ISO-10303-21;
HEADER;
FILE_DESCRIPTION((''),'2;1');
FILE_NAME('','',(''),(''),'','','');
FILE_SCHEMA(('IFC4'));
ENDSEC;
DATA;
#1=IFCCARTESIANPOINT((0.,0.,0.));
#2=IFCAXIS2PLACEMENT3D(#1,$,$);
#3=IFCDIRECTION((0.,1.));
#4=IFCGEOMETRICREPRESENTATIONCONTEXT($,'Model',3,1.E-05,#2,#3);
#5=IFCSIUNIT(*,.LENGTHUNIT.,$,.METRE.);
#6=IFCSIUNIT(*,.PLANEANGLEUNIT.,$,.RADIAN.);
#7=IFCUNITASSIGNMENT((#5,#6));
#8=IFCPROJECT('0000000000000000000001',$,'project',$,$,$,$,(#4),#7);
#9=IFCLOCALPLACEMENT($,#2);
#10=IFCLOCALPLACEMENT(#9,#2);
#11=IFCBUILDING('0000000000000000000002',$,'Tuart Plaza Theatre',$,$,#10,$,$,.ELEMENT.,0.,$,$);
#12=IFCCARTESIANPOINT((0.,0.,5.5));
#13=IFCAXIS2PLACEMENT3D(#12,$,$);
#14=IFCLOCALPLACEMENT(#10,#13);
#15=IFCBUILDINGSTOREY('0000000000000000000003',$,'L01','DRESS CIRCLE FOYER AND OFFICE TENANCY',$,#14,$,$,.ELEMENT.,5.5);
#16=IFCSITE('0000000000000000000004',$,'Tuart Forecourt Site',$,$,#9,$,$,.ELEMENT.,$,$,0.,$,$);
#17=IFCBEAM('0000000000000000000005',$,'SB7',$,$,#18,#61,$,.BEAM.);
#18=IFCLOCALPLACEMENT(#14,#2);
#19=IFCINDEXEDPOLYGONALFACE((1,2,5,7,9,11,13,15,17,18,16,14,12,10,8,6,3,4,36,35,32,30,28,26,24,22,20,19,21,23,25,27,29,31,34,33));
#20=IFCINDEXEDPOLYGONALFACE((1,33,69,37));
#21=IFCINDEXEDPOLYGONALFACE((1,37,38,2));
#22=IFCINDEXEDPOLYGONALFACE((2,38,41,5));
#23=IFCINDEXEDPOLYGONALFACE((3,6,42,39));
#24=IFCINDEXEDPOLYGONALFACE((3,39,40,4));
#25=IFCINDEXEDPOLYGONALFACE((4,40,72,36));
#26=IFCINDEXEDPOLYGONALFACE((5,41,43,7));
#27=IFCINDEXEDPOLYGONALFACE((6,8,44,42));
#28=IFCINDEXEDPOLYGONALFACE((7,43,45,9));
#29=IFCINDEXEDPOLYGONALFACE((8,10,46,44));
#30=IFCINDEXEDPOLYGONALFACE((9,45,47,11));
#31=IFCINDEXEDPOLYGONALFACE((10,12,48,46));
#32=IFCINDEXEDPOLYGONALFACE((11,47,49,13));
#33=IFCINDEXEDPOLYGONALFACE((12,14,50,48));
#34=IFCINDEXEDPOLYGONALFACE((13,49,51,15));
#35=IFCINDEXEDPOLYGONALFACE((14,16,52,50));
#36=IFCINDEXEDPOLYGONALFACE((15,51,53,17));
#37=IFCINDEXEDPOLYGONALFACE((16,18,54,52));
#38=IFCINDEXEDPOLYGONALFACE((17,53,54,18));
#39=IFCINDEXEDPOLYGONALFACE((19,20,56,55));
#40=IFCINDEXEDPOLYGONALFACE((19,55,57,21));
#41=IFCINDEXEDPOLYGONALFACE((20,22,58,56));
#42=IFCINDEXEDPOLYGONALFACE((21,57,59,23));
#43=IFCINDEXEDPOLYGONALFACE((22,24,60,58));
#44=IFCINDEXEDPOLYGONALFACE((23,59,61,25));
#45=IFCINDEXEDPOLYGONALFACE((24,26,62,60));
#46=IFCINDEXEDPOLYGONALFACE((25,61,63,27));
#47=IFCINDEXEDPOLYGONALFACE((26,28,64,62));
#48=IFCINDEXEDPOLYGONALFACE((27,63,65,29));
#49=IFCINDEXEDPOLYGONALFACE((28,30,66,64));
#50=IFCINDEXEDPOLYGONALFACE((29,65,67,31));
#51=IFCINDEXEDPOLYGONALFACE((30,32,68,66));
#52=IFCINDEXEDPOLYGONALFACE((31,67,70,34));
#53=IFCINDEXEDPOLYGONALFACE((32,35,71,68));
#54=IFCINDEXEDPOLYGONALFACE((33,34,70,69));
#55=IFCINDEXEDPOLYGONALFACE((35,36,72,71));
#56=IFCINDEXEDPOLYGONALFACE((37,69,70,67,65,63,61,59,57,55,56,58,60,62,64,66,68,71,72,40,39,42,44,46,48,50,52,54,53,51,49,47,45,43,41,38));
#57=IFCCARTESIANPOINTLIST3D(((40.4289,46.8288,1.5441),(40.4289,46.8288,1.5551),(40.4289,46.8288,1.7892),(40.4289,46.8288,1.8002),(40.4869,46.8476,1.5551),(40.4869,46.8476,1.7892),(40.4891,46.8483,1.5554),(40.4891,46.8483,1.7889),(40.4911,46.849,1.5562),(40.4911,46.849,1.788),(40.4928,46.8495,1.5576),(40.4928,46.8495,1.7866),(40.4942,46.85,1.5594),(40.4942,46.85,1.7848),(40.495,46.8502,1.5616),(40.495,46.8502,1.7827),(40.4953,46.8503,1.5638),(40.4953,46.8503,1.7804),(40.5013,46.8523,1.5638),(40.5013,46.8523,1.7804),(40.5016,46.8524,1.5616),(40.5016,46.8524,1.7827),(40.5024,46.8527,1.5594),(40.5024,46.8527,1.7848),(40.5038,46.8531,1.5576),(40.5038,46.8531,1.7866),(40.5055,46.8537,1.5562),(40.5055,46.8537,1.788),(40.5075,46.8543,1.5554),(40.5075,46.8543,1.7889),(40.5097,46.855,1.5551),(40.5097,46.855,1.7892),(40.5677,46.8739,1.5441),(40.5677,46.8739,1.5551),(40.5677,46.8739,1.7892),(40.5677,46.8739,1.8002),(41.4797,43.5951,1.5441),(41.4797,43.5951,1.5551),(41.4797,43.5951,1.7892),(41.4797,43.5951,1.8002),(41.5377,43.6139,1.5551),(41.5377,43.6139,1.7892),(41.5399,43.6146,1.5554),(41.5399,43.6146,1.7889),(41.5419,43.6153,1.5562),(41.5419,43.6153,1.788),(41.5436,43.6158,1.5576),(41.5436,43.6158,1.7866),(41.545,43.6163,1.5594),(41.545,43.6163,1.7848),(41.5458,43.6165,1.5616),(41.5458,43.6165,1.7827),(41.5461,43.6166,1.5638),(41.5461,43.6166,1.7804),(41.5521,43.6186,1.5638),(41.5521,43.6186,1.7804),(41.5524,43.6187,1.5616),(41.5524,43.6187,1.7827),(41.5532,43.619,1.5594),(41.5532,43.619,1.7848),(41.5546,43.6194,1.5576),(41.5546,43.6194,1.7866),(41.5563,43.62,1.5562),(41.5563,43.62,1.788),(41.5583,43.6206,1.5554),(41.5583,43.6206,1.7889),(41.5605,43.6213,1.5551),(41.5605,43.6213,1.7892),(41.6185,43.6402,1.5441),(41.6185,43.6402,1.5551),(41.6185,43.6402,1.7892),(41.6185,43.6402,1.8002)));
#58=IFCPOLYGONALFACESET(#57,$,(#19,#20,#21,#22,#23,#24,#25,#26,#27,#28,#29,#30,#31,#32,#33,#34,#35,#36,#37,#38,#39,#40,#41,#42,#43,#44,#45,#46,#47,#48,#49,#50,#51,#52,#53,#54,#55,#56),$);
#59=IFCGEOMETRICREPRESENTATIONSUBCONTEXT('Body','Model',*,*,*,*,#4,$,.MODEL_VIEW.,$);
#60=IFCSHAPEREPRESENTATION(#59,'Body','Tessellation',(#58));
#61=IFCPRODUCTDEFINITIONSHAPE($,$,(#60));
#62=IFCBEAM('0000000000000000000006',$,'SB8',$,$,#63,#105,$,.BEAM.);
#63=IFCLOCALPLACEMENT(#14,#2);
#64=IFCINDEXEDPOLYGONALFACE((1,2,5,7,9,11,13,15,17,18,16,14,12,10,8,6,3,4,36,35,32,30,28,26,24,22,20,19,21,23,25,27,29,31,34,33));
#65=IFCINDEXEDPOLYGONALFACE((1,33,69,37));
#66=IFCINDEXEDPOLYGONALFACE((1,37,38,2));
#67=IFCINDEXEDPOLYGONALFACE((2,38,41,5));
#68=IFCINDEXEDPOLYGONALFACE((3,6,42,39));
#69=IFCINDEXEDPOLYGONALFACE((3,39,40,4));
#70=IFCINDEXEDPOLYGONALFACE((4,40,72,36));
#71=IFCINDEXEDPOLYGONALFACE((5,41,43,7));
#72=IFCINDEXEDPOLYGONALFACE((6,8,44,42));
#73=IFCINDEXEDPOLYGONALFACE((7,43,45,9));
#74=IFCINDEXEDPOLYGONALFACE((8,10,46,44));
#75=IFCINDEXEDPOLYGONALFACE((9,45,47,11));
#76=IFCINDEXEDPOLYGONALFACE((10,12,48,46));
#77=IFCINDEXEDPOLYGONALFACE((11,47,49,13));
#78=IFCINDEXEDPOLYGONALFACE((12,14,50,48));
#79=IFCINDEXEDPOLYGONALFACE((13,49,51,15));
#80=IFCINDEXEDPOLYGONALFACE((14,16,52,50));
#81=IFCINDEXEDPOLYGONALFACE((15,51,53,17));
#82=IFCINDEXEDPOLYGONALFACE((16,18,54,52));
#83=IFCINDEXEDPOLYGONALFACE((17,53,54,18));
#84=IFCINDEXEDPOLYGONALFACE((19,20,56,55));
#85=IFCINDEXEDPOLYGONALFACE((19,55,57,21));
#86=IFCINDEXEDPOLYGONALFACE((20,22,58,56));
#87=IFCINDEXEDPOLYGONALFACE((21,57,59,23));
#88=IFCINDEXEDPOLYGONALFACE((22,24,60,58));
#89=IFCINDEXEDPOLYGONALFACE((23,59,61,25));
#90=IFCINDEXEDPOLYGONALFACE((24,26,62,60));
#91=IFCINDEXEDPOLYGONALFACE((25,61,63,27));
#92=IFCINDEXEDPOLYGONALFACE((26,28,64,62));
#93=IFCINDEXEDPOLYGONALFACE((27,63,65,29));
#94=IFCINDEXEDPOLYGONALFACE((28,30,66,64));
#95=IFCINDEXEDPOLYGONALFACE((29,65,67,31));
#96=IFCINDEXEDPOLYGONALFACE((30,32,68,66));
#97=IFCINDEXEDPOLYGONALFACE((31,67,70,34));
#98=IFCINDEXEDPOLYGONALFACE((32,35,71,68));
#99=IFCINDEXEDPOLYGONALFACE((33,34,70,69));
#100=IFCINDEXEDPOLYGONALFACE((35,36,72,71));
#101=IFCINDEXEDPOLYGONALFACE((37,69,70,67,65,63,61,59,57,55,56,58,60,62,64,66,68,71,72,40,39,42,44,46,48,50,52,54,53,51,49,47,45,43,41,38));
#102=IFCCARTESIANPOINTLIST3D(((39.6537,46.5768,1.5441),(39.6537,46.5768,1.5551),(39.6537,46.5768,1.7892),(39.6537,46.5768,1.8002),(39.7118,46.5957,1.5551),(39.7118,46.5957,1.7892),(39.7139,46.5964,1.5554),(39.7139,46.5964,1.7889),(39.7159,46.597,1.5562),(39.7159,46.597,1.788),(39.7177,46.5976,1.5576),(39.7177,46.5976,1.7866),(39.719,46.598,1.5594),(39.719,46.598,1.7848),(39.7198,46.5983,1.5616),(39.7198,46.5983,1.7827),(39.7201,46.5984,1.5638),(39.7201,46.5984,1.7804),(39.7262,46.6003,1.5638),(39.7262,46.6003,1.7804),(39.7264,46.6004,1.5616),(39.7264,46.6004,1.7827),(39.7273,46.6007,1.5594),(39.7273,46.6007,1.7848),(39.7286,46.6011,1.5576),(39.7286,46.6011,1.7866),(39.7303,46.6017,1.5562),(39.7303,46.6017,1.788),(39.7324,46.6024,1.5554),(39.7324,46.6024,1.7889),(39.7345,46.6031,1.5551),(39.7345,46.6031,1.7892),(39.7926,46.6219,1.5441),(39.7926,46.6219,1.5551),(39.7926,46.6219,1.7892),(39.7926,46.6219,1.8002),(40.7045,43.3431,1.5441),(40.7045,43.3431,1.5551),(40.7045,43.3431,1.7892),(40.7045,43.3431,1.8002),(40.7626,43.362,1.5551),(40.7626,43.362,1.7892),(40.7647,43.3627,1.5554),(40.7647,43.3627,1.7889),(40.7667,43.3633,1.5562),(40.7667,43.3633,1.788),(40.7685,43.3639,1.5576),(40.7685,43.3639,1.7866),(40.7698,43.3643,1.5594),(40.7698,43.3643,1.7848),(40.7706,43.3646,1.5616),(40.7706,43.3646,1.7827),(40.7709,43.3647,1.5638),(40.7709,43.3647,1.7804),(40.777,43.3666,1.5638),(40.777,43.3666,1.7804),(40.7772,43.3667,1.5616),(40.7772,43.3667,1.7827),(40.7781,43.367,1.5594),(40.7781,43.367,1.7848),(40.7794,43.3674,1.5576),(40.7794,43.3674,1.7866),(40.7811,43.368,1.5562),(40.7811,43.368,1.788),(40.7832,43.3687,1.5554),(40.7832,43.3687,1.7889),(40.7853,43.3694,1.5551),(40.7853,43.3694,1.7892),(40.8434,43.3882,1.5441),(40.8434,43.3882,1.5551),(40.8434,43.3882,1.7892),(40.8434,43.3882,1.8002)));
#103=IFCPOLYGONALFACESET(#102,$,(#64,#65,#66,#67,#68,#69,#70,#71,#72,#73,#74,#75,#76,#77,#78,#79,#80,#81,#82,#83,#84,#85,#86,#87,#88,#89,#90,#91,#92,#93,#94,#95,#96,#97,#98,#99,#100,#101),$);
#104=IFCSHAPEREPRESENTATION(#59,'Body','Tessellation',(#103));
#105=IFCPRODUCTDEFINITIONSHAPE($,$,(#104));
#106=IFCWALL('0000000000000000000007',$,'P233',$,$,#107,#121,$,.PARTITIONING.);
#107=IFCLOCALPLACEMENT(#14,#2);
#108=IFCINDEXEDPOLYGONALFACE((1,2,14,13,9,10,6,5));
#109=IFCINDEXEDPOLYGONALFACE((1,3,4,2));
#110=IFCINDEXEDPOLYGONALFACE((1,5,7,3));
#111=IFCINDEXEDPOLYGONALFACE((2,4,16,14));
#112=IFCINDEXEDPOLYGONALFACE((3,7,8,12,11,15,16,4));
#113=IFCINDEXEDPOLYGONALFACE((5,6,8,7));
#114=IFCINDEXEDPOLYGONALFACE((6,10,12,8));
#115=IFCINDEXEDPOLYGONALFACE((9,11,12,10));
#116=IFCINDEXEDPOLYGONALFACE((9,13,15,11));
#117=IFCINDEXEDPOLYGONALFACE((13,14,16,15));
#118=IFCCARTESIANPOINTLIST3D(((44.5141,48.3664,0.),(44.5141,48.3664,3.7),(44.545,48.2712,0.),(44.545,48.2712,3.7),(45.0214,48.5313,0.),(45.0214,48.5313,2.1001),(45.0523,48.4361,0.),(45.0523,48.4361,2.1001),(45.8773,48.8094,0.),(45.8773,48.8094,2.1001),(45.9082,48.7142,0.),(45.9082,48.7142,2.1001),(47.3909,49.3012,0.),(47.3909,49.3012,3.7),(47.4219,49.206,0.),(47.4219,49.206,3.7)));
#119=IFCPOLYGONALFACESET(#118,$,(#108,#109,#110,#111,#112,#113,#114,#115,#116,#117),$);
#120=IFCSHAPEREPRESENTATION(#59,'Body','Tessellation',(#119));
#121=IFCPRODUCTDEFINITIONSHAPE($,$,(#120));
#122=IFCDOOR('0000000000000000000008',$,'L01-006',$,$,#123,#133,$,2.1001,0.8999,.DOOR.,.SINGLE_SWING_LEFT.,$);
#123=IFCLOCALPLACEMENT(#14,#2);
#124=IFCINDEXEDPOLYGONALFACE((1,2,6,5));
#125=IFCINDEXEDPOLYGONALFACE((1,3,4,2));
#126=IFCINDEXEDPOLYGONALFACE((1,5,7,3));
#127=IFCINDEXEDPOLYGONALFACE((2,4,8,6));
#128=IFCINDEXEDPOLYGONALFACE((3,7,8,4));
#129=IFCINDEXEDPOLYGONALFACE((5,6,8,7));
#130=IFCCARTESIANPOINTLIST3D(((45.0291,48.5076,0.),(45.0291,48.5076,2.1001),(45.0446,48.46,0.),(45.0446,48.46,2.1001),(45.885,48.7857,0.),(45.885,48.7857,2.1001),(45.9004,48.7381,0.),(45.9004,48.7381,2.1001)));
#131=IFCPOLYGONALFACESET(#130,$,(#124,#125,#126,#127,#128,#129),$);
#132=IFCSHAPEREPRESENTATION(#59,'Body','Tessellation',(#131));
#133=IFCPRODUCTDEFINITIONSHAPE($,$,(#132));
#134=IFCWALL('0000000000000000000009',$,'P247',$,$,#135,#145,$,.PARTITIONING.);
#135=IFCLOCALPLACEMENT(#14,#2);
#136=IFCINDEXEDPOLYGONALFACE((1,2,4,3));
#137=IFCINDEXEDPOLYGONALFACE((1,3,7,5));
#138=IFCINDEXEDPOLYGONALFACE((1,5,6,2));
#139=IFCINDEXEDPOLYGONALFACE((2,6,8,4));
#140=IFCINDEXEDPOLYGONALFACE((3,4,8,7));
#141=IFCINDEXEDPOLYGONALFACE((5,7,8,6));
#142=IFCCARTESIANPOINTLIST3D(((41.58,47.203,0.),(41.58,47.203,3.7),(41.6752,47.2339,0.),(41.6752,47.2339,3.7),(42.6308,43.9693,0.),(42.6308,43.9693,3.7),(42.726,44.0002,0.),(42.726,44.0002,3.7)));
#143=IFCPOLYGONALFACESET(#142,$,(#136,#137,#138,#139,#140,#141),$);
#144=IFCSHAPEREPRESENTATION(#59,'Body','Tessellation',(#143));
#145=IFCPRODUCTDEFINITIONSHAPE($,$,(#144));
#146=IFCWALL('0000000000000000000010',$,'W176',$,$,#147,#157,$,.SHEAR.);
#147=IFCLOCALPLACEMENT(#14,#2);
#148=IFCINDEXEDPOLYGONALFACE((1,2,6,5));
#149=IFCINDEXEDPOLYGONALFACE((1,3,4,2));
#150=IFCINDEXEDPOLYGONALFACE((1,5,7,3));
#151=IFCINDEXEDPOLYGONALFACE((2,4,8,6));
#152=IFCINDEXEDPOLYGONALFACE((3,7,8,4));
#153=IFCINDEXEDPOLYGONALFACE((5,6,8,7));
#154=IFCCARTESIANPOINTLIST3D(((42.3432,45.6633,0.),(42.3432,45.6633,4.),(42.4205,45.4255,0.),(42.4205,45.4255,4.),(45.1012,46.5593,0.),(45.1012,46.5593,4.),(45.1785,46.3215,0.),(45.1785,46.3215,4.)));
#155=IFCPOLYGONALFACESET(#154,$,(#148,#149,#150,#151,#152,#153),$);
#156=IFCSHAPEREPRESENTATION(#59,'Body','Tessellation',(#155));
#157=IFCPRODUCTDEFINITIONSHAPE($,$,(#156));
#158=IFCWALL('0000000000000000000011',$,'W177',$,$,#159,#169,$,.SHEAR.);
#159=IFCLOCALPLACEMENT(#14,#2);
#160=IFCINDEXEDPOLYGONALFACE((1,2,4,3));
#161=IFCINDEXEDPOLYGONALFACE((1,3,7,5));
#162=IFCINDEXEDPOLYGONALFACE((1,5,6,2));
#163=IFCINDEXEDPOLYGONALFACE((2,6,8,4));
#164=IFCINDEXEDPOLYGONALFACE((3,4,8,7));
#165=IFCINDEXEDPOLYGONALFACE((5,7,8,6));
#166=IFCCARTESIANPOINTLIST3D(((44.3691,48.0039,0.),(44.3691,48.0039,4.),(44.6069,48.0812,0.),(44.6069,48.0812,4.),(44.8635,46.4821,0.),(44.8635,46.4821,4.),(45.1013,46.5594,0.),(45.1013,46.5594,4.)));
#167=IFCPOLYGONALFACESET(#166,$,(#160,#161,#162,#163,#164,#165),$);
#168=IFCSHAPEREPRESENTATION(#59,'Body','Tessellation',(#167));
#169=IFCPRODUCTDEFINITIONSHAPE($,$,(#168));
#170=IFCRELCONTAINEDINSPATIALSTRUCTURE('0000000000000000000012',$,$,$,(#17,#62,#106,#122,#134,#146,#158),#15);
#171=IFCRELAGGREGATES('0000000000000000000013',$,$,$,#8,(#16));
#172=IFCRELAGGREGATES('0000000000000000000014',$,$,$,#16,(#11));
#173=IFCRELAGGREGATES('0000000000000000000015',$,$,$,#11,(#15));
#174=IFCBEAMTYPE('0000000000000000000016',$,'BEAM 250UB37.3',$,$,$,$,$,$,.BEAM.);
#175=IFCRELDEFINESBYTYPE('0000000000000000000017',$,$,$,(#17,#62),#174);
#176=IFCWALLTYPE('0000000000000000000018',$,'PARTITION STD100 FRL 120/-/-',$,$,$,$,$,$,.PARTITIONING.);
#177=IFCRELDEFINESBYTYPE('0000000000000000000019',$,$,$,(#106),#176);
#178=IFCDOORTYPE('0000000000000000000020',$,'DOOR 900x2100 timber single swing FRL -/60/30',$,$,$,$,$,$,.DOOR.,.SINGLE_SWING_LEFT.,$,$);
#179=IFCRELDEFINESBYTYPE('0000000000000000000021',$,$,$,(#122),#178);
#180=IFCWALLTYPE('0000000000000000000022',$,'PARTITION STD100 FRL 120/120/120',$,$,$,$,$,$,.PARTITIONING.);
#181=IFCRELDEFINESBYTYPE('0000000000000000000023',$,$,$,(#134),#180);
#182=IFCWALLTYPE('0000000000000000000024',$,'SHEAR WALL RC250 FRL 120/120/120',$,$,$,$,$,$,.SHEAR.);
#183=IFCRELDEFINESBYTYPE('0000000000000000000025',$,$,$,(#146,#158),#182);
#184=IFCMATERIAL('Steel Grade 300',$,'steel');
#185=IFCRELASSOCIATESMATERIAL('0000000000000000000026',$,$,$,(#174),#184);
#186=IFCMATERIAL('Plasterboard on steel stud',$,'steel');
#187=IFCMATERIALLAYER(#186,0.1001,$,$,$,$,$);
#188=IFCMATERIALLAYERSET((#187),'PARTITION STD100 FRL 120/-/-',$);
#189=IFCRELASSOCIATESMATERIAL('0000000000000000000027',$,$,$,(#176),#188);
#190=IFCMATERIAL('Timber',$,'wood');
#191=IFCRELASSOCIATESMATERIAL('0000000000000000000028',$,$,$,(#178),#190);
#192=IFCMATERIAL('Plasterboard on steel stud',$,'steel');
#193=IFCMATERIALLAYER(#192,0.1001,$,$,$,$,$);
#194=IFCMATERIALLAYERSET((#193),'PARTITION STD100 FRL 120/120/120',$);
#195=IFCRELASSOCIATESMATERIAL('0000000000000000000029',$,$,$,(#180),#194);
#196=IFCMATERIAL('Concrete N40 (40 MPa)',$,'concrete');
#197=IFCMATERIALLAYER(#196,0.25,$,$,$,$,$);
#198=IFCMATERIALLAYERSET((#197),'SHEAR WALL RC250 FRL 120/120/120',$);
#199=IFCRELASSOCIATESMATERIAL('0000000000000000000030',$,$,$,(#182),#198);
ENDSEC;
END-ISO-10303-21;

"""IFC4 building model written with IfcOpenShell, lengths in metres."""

from ifc_helpers import new_model, si_unit, direction, frame, frame_2d, origin, origin_2d, place, context, subcontext, project, spatial, rectangle, i_section, extrude, material, layer, layer_set, material_profile, profile_set, type_object, element, fill, save


model = new_model("IFC4")

# Units and contexts
model_context = context("Model", 3, precision=1e-05, world=origin(), true_north=direction((0.0, 1.0)))
body_context = subcontext(model_context, "Body", "Model", "MODEL_VIEW")
ifc_project = project(units=[si_unit("LENGTHUNIT", "METRE"), si_unit("PLANEANGLEUNIT", "RADIAN")], contexts=[model_context])

# Site, building, storey
site_placement = place(None, origin())
site = spatial("IfcSite", under=ifc_project, at=site_placement, Name="Tuart Forecourt Site", CompositionType="ELEMENT", RefElevation=0.0)
building_placement = place(site_placement, origin())
building = spatial("IfcBuilding", under=site, at=building_placement, Name="Tuart Plaza Theatre", CompositionType="ELEMENT", ElevationOfRefHeight=0.0)
storey_placement = place(building_placement, frame((0.0, 0.0, 5.5)))
storey = spatial("IfcBuildingStorey", under=building, at=storey_placement, Name="L01", Description="DRESS CIRCLE FOYER AND OFFICE TENANCY", CompositionType="ELEMENT", Elevation=5.5)

# Beams
ifc_material_1 = material(Name="Steel Grade 300", Category="steel")
ifc_material_profile = material_profile(ifc_material_1, i_section(OverallWidth=0.146, OverallDepth=0.2561, WebThickness=0.0063, FlangeThickness=0.011, FilletRadius=0.0088, at=origin_2d()), Name="250UB37.3")
ifc_profile_set = profile_set([ifc_material_profile], Name="Steel Grade 300")
beam_type = type_object("IfcBeamType", Name="BEAM 250UB37.3", PredefinedType="BEAM", material=ifc_profile_set)
for number, where, z_axis, x_axis, name in (
    (1, (40.4983, 46.8513, 1.6721), (0.309045, -0.951047, 0.0), (0.951047, 0.309045, 0.0), "SB7"),
    (2, (39.7231, 46.5994, 1.6721), (0.309045, -0.951047, 0.0), (0.951047, 0.309045, 0.0), "SB8"),
):
    element("IfcBeam", number, at=place(storey_placement, frame(where, z_axis=z_axis, x_axis=x_axis)), inside=storey, type_object=beam_type, Name=name, PredefinedType="BEAM", context=body_context, shape_type="SweptSolid", body=[
        extrude(i_section(OverallWidth=0.146, OverallDepth=0.2561, WebThickness=0.0063, FlangeThickness=0.011, FilletRadius=0.0088, at=origin_2d()), origin(), (0.0, 0.0, 1.0), 3.4001),
    ])

# Wall, opening, door
ifc_material_2 = material(Name="Plasterboard on steel stud", Category="steel")
ifc_layer_1 = layer(ifc_material_2, 0.1001)
ifc_layer_set_1 = layer_set([ifc_layer_1], Name="PARTITION STD100 FRL 120/-/-")
wall_type_1 = type_object("IfcWallType", Name="PARTITION STD100 FRL 120/-/-", PredefinedType="PARTITIONING", material=ifc_layer_set_1)
wall_1_placement = place(storey_placement, frame((44.5295, 48.3188, 0.0), z_axis=(0.0, 0.0, 1.0), x_axis=(0.951053, 0.309028, 0.0)))
wall_1 = element("IfcWall", 3, at=wall_1_placement, inside=storey, type_object=wall_type_1, Name="P233", PredefinedType="PARTITIONING", context=body_context, shape_type="SweptSolid", body=[
    extrude(rectangle(XDim=3.0249, YDim=0.1001, at=frame_2d((1.5125, 0.0))), origin(), (0.0, 0.0, 1.0), 3.7),
])
opening_1_placement = place(wall_1_placement, frame((0.5334, 0.0, 0.0)))
opening_1 = element("IfcOpeningElement", 4, at=opening_1_placement, cuts=wall_1, PredefinedType="OPENING", context=body_context, shape_type="SweptSolid", body=[
    extrude(rectangle(XDim=0.8999, YDim=2.1001, at=frame_2d((0.45, 1.05))), frame((0.0, 0.0601, 0.0), z_axis=(0.0, -1.0, 0.0), x_axis=(1.0, 0.0, 0.0)), (0.0, 0.0, 1.0), 0.1201),
])
ifc_material_3 = material(Name="Timber", Category="wood")
door_type_1 = type_object("IfcDoorType", Name="DOOR 900x2100 timber single swing FRL -/60/30", OperationType="SINGLE_SWING_LEFT", PredefinedType="DOOR", material=ifc_material_3)
door_1_placement = place(opening_1_placement, frame((0.8999, 0.0, 0.0), z_axis=(0.0, 0.0, 1.0), x_axis=(-1.0, 0.0, 0.0)))
door_1 = element("IfcDoor", 5, at=door_1_placement, inside=storey, type_object=door_type_1, Name="L01-006", OperationType="SINGLE_SWING_LEFT", OverallHeight=2.1001, OverallWidth=0.8999, PredefinedType="DOOR", context=body_context, shape_type="SweptSolid", body=[
    extrude(rectangle(XDim=0.8999, YDim=2.1001, at=frame_2d((0.45, 1.05))), frame((0.0, 0.0249, 0.0), z_axis=(0.0, -1.0, 0.0), x_axis=(1.0, 0.0, 0.0)), (0.0, 0.0, 1.0), 0.05),
])
fill(opening_1, door_1)

# Walls
ifc_material_4 = material(Name="Plasterboard on steel stud", Category="steel")
ifc_layer_2 = layer(ifc_material_4, 0.1001)
ifc_layer_set_2 = layer_set([ifc_layer_2], Name="PARTITION STD100 FRL 120/120/120")
wall_type_2 = type_object("IfcWallType", Name="PARTITION STD100 FRL 120/120/120", PredefinedType="PARTITIONING", material=ifc_layer_set_2)
wall_2_placement = place(storey_placement, frame((42.6785, 43.9846, 0.0), z_axis=(0.0, 0.0, 1.0), x_axis=(-0.309045, 0.951047, 0.0)))
element("IfcWall", 6, at=wall_2_placement, inside=storey, type_object=wall_type_2, Name="P247", PredefinedType="PARTITIONING", context=body_context, shape_type="SweptSolid", body=[
    extrude(rectangle(XDim=3.4001, YDim=0.1001, at=frame_2d((1.7002, 0.0))), origin(), (0.0, 0.0, 1.0), 3.7),
])
ifc_material_5 = material(Name="Concrete N40 (40 MPa)", Category="concrete")
ifc_layer_3 = layer(ifc_material_5, 0.25)
ifc_layer_set_3 = layer_set([ifc_layer_3], Name="SHEAR WALL RC250 FRL 120/120/120")
wall_type_3 = type_object("IfcWallType", Name="SHEAR WALL RC250 FRL 120/120/120", PredefinedType="SHEAR", material=ifc_layer_set_3)
wall_3_placement = place(storey_placement, frame((42.3818, 45.5444, 0.0), z_axis=(0.0, 0.0, 1.0), x_axis=(0.951072, 0.30897, 0.0)))
element("IfcWall", 7, at=wall_3_placement, inside=storey, type_object=wall_type_3, Name="W176", PredefinedType="SHEAR", context=body_context, shape_type="SweptSolid", body=[
    extrude(rectangle(XDim=2.8999, YDim=0.25, at=frame_2d((1.45, 0.0))), origin(), (0.0, 0.0, 1.0), 4.0),
])
wall_4_placement = place(storey_placement, frame((44.9824, 46.5208, 0.0), z_axis=(0.0, 0.0, 1.0), x_axis=(-0.308986, 0.951067, 0.0)))
element("IfcWall", 8, at=wall_4_placement, inside=storey, type_object=wall_type_3, Name="W177", PredefinedType="SHEAR", context=body_context, shape_type="SweptSolid", body=[
    extrude(rectangle(XDim=1.6001, YDim=0.25, at=frame_2d((0.8, 0.0))), origin(), (0.0, 0.0, 1.0), 4.0),
])

save(model, "model.ifc")
